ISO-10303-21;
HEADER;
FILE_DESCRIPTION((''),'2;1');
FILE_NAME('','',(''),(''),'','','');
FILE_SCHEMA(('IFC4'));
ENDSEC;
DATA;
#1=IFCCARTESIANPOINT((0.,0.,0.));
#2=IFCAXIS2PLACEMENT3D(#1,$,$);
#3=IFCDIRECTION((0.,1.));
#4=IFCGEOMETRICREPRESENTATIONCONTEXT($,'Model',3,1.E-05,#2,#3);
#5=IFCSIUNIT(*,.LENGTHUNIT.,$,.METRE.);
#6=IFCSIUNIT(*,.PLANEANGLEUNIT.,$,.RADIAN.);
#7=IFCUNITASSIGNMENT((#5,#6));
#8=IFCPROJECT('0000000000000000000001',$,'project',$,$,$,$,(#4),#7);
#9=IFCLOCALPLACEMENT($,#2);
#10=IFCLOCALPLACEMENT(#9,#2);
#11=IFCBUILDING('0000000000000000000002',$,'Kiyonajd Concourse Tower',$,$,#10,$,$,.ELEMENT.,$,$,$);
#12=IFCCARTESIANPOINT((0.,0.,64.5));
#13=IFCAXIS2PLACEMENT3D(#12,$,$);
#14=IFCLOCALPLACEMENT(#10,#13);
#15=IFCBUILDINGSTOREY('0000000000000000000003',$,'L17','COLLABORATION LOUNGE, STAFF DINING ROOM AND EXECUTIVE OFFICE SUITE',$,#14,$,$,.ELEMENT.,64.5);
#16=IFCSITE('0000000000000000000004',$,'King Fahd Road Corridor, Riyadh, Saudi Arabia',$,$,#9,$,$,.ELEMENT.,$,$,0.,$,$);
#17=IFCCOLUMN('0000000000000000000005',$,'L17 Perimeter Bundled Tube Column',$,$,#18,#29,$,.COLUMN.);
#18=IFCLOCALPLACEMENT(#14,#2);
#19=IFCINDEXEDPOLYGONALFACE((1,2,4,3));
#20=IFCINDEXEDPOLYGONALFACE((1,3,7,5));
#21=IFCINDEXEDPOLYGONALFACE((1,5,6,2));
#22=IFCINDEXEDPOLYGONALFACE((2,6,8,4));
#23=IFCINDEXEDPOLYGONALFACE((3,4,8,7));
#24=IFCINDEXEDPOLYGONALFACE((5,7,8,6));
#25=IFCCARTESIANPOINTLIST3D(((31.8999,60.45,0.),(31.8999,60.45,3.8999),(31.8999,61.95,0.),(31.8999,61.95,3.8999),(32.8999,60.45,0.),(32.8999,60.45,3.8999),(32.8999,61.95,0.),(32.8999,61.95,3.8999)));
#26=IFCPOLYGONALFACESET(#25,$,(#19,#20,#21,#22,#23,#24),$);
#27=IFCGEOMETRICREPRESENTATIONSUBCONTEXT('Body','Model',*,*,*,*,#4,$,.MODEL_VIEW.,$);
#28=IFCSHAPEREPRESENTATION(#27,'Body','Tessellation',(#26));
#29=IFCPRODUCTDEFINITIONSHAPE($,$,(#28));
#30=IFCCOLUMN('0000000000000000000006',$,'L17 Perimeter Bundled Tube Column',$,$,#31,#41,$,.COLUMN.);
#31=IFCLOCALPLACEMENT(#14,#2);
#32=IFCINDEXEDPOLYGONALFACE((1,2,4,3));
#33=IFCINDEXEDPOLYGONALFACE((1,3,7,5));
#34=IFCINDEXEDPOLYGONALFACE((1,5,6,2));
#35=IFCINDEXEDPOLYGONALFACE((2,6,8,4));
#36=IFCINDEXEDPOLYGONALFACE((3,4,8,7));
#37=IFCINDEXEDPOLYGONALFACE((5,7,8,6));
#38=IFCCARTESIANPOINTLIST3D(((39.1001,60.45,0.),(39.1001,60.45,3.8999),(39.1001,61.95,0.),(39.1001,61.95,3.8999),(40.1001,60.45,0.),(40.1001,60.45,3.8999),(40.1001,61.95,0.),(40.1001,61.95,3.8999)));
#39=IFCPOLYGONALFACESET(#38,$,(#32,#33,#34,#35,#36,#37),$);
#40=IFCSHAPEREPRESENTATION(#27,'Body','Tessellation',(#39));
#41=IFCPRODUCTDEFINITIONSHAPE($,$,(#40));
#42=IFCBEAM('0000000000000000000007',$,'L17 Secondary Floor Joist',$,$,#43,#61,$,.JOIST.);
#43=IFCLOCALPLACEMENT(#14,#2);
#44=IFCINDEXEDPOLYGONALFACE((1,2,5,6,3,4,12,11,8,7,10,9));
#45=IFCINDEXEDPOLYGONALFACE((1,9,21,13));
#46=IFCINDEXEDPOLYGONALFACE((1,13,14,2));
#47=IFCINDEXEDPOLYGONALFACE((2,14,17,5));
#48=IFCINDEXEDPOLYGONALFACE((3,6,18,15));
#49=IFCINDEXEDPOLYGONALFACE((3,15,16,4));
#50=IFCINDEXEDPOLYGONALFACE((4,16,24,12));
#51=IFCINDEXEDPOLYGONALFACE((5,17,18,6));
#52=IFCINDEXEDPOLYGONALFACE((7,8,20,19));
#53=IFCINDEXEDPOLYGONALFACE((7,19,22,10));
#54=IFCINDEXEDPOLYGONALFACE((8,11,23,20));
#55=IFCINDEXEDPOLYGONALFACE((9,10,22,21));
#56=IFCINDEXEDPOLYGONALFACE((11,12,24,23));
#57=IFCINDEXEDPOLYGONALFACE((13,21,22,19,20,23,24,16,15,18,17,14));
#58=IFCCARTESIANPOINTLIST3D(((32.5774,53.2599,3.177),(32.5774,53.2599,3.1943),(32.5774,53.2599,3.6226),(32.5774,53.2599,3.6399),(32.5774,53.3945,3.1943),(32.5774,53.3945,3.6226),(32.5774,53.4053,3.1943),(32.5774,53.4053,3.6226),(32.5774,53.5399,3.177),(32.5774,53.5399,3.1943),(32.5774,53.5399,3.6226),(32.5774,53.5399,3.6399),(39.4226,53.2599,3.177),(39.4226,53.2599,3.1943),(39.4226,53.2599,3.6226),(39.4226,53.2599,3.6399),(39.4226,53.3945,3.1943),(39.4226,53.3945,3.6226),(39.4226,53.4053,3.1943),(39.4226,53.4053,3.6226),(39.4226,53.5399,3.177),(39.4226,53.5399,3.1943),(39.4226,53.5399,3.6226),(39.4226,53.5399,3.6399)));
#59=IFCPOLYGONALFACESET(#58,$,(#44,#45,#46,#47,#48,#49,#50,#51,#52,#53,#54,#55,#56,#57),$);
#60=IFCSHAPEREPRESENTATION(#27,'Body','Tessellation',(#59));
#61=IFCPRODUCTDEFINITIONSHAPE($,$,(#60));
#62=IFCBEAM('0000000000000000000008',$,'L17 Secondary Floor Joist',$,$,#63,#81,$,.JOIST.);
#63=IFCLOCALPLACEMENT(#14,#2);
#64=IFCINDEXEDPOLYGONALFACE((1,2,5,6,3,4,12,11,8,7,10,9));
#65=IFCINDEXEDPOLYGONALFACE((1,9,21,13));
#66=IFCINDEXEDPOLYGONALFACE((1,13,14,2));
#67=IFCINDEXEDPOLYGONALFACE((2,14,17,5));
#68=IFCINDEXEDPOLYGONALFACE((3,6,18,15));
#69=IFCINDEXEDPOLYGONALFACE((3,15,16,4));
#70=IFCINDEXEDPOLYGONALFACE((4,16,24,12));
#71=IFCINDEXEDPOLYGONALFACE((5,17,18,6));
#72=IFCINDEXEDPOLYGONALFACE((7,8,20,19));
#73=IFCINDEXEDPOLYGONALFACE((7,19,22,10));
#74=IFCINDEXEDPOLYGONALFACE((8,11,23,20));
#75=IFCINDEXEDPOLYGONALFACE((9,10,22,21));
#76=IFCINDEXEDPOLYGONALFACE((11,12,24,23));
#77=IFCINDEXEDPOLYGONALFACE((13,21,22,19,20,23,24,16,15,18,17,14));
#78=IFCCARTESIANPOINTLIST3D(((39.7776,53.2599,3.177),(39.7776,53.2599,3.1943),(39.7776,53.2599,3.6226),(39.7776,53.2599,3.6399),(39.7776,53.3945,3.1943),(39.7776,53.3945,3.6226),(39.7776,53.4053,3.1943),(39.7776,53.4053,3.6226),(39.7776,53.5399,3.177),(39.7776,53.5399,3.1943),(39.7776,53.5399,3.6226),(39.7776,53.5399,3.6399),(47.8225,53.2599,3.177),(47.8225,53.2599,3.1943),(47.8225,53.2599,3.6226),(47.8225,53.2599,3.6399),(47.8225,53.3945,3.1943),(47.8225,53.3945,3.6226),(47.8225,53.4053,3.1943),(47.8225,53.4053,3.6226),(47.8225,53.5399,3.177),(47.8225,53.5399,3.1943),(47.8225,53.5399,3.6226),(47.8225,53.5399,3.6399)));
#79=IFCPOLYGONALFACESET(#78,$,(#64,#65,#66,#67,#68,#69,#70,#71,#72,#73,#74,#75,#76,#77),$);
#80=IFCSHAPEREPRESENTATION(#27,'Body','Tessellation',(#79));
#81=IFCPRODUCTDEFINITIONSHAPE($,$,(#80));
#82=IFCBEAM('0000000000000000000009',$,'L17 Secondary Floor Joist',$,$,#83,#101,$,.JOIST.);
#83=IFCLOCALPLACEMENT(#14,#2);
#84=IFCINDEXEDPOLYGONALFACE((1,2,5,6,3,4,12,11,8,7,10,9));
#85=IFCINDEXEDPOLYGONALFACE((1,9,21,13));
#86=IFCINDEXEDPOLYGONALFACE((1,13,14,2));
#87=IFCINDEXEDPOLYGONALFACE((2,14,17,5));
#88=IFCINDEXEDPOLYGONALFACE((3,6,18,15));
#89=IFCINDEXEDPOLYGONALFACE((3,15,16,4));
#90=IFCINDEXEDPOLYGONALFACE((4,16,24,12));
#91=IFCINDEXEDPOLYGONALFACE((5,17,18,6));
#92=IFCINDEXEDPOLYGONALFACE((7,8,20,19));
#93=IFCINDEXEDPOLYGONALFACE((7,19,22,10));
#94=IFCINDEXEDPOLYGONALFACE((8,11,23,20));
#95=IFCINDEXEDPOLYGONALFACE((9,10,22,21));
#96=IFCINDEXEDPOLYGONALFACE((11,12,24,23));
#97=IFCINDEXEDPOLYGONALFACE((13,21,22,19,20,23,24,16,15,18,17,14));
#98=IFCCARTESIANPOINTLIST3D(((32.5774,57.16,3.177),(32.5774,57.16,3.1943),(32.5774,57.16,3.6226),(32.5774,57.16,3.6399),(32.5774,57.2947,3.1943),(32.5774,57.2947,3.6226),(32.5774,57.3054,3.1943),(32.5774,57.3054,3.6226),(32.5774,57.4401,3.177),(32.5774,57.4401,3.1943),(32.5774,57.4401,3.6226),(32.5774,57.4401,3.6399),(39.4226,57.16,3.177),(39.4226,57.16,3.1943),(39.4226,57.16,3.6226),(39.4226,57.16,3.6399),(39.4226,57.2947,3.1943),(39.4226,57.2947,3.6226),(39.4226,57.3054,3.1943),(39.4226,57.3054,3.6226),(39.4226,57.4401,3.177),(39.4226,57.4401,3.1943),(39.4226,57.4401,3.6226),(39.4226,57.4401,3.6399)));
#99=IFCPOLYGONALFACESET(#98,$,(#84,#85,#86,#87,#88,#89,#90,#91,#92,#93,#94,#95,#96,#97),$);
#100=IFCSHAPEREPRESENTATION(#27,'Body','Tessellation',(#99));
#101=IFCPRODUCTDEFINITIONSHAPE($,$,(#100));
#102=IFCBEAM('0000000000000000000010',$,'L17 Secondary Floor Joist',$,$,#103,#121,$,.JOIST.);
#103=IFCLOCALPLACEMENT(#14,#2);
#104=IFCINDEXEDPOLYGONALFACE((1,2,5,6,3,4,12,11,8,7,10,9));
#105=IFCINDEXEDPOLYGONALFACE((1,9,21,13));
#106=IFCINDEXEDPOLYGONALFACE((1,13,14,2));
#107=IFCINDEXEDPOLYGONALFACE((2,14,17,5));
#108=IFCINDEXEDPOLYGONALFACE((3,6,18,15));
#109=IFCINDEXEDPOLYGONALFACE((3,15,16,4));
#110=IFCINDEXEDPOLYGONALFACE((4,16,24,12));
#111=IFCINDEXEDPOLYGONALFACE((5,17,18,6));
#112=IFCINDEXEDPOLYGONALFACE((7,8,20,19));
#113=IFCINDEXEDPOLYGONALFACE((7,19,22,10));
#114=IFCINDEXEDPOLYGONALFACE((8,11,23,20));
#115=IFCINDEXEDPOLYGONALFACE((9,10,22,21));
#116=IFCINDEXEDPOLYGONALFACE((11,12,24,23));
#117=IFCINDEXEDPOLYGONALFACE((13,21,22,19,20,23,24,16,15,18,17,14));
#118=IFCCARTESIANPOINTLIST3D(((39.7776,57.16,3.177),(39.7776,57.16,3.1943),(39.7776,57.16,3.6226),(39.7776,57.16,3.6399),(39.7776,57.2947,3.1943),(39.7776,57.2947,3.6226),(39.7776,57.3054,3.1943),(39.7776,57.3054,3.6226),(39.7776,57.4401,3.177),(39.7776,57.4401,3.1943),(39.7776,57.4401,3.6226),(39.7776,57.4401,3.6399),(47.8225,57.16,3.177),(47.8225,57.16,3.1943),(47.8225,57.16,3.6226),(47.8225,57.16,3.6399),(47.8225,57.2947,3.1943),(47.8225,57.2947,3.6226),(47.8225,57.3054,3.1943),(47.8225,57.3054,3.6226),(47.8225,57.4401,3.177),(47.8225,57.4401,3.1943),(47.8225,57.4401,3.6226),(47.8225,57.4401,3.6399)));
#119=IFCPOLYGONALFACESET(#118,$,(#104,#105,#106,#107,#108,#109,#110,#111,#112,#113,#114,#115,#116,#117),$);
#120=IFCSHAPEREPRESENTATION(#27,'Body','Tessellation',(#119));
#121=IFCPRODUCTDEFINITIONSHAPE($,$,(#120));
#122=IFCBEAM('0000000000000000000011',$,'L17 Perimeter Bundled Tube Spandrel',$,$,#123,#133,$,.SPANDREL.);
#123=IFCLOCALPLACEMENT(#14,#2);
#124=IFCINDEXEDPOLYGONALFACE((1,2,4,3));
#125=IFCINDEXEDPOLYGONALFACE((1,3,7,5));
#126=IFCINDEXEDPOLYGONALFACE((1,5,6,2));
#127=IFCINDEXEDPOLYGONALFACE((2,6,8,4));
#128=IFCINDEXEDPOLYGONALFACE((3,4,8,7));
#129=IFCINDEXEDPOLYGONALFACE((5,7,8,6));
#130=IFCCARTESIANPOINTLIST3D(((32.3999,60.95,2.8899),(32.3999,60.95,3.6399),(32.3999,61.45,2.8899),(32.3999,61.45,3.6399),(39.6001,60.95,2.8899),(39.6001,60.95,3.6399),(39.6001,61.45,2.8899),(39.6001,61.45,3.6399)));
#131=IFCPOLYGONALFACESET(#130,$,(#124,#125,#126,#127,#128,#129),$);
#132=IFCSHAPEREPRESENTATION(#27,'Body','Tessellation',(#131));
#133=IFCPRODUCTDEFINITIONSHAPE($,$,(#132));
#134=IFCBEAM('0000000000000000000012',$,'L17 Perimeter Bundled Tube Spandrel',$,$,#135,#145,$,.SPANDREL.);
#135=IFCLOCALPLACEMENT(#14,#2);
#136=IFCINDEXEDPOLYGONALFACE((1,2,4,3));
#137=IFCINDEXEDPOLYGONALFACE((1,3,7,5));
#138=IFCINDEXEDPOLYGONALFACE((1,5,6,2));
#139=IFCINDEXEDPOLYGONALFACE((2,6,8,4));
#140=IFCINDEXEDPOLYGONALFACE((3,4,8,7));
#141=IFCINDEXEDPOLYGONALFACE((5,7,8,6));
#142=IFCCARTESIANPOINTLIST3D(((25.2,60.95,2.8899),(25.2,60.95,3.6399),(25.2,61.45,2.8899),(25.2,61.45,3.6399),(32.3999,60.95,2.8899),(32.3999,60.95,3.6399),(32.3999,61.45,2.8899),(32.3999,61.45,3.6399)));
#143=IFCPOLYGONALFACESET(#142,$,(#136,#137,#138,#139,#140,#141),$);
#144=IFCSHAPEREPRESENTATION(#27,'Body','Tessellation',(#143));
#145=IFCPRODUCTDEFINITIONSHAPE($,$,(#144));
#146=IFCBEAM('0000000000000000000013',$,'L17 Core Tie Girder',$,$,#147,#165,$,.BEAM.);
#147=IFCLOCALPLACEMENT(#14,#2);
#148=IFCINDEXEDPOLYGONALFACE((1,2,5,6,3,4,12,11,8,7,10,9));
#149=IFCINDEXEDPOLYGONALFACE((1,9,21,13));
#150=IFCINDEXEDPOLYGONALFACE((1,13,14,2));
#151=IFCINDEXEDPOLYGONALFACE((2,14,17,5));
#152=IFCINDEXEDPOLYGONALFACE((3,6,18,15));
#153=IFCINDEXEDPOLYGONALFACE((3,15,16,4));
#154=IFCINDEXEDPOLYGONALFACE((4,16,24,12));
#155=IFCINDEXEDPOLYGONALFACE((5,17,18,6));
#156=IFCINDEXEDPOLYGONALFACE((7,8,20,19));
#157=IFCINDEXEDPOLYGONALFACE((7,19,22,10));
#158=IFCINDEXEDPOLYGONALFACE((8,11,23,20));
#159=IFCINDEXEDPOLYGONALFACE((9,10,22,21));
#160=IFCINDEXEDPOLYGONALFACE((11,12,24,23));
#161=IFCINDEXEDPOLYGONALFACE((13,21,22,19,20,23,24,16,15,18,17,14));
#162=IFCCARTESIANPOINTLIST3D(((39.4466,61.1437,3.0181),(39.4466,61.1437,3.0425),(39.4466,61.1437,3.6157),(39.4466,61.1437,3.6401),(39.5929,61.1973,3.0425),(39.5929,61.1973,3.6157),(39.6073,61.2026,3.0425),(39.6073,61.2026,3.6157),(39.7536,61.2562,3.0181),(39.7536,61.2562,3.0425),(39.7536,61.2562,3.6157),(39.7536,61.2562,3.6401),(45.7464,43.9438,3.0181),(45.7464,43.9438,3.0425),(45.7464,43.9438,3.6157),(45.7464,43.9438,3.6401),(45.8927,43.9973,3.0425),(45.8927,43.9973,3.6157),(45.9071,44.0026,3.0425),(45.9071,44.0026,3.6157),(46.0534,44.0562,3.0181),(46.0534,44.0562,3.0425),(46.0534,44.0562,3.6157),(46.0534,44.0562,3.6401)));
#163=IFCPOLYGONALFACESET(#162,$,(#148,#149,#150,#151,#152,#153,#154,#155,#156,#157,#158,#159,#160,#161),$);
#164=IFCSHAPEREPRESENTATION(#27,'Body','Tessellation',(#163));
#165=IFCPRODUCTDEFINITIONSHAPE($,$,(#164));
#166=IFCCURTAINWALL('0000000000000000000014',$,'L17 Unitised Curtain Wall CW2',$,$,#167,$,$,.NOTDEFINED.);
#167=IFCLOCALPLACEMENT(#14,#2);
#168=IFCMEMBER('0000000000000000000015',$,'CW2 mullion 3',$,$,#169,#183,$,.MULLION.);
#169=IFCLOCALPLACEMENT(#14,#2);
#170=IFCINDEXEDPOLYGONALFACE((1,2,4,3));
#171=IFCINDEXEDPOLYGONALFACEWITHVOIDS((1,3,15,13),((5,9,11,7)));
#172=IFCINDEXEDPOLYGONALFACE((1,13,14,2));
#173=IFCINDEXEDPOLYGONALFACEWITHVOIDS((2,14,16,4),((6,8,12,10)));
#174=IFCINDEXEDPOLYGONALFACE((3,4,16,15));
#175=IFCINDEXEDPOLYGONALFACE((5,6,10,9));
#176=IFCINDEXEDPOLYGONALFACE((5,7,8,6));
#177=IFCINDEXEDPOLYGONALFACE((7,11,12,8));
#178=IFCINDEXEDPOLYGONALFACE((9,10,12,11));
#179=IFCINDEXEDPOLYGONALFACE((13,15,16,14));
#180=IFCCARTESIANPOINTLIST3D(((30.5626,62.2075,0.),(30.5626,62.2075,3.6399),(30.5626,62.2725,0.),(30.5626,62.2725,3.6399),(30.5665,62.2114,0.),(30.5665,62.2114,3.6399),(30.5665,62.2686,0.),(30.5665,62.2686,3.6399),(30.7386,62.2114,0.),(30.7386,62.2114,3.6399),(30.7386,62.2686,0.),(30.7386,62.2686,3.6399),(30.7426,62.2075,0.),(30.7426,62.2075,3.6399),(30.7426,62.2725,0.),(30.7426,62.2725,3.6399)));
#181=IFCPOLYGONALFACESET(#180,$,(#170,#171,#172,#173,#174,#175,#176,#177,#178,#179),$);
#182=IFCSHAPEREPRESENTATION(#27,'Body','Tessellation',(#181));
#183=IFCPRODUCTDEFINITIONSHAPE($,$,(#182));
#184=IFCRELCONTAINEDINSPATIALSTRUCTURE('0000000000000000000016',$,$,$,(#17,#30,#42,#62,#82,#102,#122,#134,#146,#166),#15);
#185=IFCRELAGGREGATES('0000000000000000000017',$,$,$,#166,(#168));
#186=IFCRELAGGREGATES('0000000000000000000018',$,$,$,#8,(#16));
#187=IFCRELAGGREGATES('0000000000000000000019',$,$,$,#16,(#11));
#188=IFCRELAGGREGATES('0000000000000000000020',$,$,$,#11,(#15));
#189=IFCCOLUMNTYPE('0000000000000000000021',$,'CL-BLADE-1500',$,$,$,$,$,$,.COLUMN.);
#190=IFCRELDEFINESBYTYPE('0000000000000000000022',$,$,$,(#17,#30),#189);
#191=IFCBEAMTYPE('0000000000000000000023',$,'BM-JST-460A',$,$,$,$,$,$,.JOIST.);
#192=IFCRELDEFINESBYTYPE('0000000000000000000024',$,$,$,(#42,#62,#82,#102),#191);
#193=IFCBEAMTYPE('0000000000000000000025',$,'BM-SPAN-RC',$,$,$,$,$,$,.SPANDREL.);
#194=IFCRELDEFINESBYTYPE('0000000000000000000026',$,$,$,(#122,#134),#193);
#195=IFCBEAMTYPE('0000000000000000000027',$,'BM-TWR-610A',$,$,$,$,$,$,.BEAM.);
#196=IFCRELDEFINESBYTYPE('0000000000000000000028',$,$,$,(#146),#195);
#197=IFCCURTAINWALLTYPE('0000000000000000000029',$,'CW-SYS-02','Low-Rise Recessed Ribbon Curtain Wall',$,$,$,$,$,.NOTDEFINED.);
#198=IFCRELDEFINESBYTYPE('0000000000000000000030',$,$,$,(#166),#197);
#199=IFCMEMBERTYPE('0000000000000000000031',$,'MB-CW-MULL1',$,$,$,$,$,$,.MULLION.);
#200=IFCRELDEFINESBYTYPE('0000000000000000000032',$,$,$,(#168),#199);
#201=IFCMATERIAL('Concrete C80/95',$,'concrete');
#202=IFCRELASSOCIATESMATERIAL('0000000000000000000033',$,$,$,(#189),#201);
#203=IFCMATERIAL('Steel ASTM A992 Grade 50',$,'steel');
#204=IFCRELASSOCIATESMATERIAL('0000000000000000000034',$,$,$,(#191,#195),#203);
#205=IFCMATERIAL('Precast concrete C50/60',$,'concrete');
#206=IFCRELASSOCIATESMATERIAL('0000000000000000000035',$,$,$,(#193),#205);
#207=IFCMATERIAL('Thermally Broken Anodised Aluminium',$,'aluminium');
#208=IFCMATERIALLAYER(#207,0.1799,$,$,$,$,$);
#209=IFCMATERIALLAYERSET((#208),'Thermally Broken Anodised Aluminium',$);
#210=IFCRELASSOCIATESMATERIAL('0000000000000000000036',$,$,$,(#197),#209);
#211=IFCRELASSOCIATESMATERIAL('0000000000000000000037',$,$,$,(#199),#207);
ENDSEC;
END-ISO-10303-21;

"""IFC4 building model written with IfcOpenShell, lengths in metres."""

from ifc_helpers import new_model, si_unit, direction, frame, origin, origin_2d, place, context, subcontext, project, spatial, rectangle, hollow_rectangle, i_section, extrude, material, layer, layer_set, material_profile, profile_set, type_object, element, aggregate, save


model = new_model("IFC4")

# Units and contexts
model_context = context("Model", 3, precision=1e-05, world=origin(), true_north=direction((0.0, 1.0)))
body_context = subcontext(model_context, "Body", "Model", "MODEL_VIEW")
ifc_project = project(units=[si_unit("LENGTHUNIT", "METRE"), si_unit("PLANEANGLEUNIT", "RADIAN")], contexts=[model_context])

# Site, building, storey
site_placement = place(None, origin())
site = spatial("IfcSite", under=ifc_project, at=site_placement, Name="King Fahd Road Corridor, Riyadh, Saudi Arabia", CompositionType="ELEMENT", RefElevation=0.0)
building_placement = place(site_placement, origin())
building = spatial("IfcBuilding", under=site, at=building_placement, Name="Kiyonajd Concourse Tower", CompositionType="ELEMENT")
storey_placement = place(building_placement, frame((0.0, 0.0, 64.5)))
storey = spatial("IfcBuildingStorey", under=building, at=storey_placement, Name="L17", Description="COLLABORATION LOUNGE, STAFF DINING ROOM AND EXECUTIVE OFFICE SUITE", CompositionType="ELEMENT", Elevation=64.5)

# Columns
ifc_material_1 = material(Name="Concrete C80/95", Category="concrete")
ifc_material_profile_1 = material_profile(ifc_material_1, rectangle(XDim=1.0, YDim=1.5, at=origin_2d()), Name="RC-1500x1000")
ifc_profile_set_1 = profile_set([ifc_material_profile_1], Name="Concrete C80/95")
column_type = type_object("IfcColumnType", Name="CL-BLADE-1500", PredefinedType="COLUMN", material=ifc_profile_set_1)
for number, where, z_axis, x_axis, name in (
    (1, (32.3999, 61.2, 0.0), (0.0, 0.0, 1.0), (1.0, 0.0, 0.0), "L17 Perimeter Bundled Tube Column"),
    (2, (39.6001, 61.2, 0.0), (0.0, 0.0, 1.0), (1.0, 0.0, 0.0), "L17 Perimeter Bundled Tube Column"),
):
    element("IfcColumn", number, at=place(storey_placement, frame(where, z_axis=z_axis, x_axis=x_axis)), inside=storey, type_object=column_type, Name=name, PredefinedType="COLUMN", context=body_context, shape_type="SweptSolid", body=[
        extrude(rectangle(XDim=1.0, YDim=1.5, at=origin_2d()), origin(), (0.0, 0.0, 1.0), 3.8999),
    ])

# Beams
ifc_material_2 = material(Name="Steel ASTM A992 Grade 50", Category="steel")
ifc_material_profile_2 = material_profile(ifc_material_2, i_section(OverallWidth=0.28, OverallDepth=0.4629, WebThickness=0.0107, FlangeThickness=0.0173, at=origin_2d()), Name="W460X113")
ifc_profile_set_2 = profile_set([ifc_material_profile_2], Name="Steel ASTM A992 Grade 50")
beam_type_1 = type_object("IfcBeamType", Name="BM-JST-460A", PredefinedType="JOIST", material=ifc_profile_set_2)
beam_1_placement = place(storey_placement, frame((32.5774, 53.3999, 3.4084), z_axis=(1.0, 0.0, 0.0), x_axis=(0.0, 1.0, 0.0)))
element("IfcBeam", 3, at=beam_1_placement, inside=storey, type_object=beam_type_1, Name="L17 Secondary Floor Joist", PredefinedType="JOIST", context=body_context, shape_type="SweptSolid", body=[
    extrude(i_section(OverallWidth=0.28, OverallDepth=0.4629, WebThickness=0.0107, FlangeThickness=0.0173, at=origin_2d()), origin(), (0.0, 0.0, 1.0), 6.8452),
])
beam_2_placement = place(storey_placement, frame((39.7776, 53.3999, 3.4084), z_axis=(1.0, 0.0, 0.0), x_axis=(0.0, 1.0, 0.0)))
element("IfcBeam", 4, at=beam_2_placement, inside=storey, type_object=beam_type_1, Name="L17 Secondary Floor Joist", PredefinedType="JOIST", context=body_context, shape_type="SweptSolid", body=[
    extrude(i_section(OverallWidth=0.28, OverallDepth=0.4629, WebThickness=0.0107, FlangeThickness=0.0173, at=origin_2d()), origin(), (0.0, 0.0, 1.0), 8.0449),
])
beam_3_placement = place(storey_placement, frame((32.5774, 57.3, 3.4084), z_axis=(1.0, 0.0, 0.0), x_axis=(0.0, 1.0, 0.0)))
element("IfcBeam", 5, at=beam_3_placement, inside=storey, type_object=beam_type_1, Name="L17 Secondary Floor Joist", PredefinedType="JOIST", context=body_context, shape_type="SweptSolid", body=[
    extrude(i_section(OverallWidth=0.28, OverallDepth=0.4629, WebThickness=0.0107, FlangeThickness=0.0173, at=origin_2d()), origin(), (0.0, 0.0, 1.0), 6.8452),
])
beam_4_placement = place(storey_placement, frame((39.7776, 57.3, 3.4084), z_axis=(1.0, 0.0, 0.0), x_axis=(0.0, 1.0, 0.0)))
element("IfcBeam", 6, at=beam_4_placement, inside=storey, type_object=beam_type_1, Name="L17 Secondary Floor Joist", PredefinedType="JOIST", context=body_context, shape_type="SweptSolid", body=[
    extrude(i_section(OverallWidth=0.28, OverallDepth=0.4629, WebThickness=0.0107, FlangeThickness=0.0173, at=origin_2d()), origin(), (0.0, 0.0, 1.0), 8.0449),
])
ifc_material_3 = material(Name="Precast concrete C50/60", Category="concrete")
ifc_material_profile_3 = material_profile(ifc_material_3, rectangle(XDim=0.5, YDim=0.75, at=origin_2d()), Name="RCBM-500x750")
ifc_profile_set_3 = profile_set([ifc_material_profile_3], Name="Precast concrete C50/60")
beam_type_2 = type_object("IfcBeamType", Name="BM-SPAN-RC", PredefinedType="SPANDREL", material=ifc_profile_set_3)
beam_5_placement = place(storey_placement, frame((39.6001, 61.2, 3.2649), z_axis=(-1.0, 0.0, 0.0), x_axis=(0.0, -1.0, 0.0)))
element("IfcBeam", 7, at=beam_5_placement, inside=storey, type_object=beam_type_2, Name="L17 Perimeter Bundled Tube Spandrel", PredefinedType="SPANDREL", context=body_context, shape_type="SweptSolid", body=[
    extrude(rectangle(XDim=0.5, YDim=0.75, at=origin_2d()), origin(), (0.0, 0.0, 1.0), 7.2002),
])
beam_6_placement = place(storey_placement, frame((32.3999, 61.2, 3.2649), z_axis=(-1.0, 0.0, 0.0), x_axis=(0.0, -1.0, 0.0)))
element("IfcBeam", 8, at=beam_6_placement, inside=storey, type_object=beam_type_2, Name="L17 Perimeter Bundled Tube Spandrel", PredefinedType="SPANDREL", context=body_context, shape_type="SweptSolid", body=[
    extrude(rectangle(XDim=0.5, YDim=0.75, at=origin_2d()), origin(), (0.0, 0.0, 1.0), 7.2),
])
ifc_material_profile_4 = material_profile(ifc_material_2, i_section(OverallWidth=0.3269, OverallDepth=0.6221, WebThickness=0.0154, FlangeThickness=0.0244, at=origin_2d()), Name="W610X195")
ifc_profile_set_4 = profile_set([ifc_material_profile_4], Name="Steel ASTM A992 Grade 50")
beam_type_3 = type_object("IfcBeamType", Name="BM-TWR-610A", PredefinedType="BEAM", material=ifc_profile_set_4)
beam_7_placement = place(storey_placement, frame((39.6001, 61.2, 3.3291), z_axis=(0.343925, -0.938997, 0.0), x_axis=(0.938997, 0.343925, 0.0)))
element("IfcBeam", 9, at=beam_7_placement, inside=storey, type_object=beam_type_3, Name="L17 Core Tie Girder", PredefinedType="BEAM", context=body_context, shape_type="SweptSolid", body=[
    extrude(i_section(OverallWidth=0.3269, OverallDepth=0.6221, WebThickness=0.0154, FlangeThickness=0.0244, at=origin_2d()), origin(), (0.0, 0.0, 1.0), 18.3174),
])

# Curtain wall, member
ifc_material_4 = material(Name="Thermally Broken Anodised Aluminium", Category="aluminium")
ifc_layer_1 = layer(ifc_material_4, 0.1799)
ifc_layer_set_1 = layer_set([ifc_layer_1], Name="Thermally Broken Anodised Aluminium")
curtain_wall_type = type_object("IfcCurtainWallType", Name="CW-SYS-02", Description="Low-Rise Recessed Ribbon Curtain Wall", PredefinedType="NOTDEFINED", material=ifc_layer_set_1)
curtain_wall_placement = place(storey_placement, origin())
curtain_wall = element("IfcCurtainWall", 10, at=curtain_wall_placement, inside=storey, type_object=curtain_wall_type, Name="L17 Unitised Curtain Wall CW2", PredefinedType="NOTDEFINED")
ifc_material_profile_5 = material_profile(ifc_material_4, hollow_rectangle(XDim=0.0649, YDim=0.1799, WallThickness=0.0039, at=origin_2d()), Name="MULL-65x180")
ifc_profile_set_5 = profile_set([ifc_material_profile_5], Name="Thermally Broken Anodised Aluminium")
member_type_1 = type_object("IfcMemberType", Name="MB-CW-MULL1", PredefinedType="MULLION", material=ifc_profile_set_5)
member_1_placement = place(storey_placement, frame((30.6526, 62.24, 0.0), z_axis=(0.0, 0.0, 1.0), x_axis=(0.0, 1.0, 0.0)))
member_1 = element("IfcMember", 11, at=member_1_placement, type_object=member_type_1, Name="CW2 mullion 3", PredefinedType="MULLION", context=body_context, shape_type="SweptSolid", body=[
    extrude(hollow_rectangle(XDim=0.0649, YDim=0.1799, WallThickness=0.0039, at=origin_2d()), origin(), (0.0, 0.0, 1.0), 3.6399),
])
aggregate(curtain_wall, [member_1])

save(model, "model.ifc")
